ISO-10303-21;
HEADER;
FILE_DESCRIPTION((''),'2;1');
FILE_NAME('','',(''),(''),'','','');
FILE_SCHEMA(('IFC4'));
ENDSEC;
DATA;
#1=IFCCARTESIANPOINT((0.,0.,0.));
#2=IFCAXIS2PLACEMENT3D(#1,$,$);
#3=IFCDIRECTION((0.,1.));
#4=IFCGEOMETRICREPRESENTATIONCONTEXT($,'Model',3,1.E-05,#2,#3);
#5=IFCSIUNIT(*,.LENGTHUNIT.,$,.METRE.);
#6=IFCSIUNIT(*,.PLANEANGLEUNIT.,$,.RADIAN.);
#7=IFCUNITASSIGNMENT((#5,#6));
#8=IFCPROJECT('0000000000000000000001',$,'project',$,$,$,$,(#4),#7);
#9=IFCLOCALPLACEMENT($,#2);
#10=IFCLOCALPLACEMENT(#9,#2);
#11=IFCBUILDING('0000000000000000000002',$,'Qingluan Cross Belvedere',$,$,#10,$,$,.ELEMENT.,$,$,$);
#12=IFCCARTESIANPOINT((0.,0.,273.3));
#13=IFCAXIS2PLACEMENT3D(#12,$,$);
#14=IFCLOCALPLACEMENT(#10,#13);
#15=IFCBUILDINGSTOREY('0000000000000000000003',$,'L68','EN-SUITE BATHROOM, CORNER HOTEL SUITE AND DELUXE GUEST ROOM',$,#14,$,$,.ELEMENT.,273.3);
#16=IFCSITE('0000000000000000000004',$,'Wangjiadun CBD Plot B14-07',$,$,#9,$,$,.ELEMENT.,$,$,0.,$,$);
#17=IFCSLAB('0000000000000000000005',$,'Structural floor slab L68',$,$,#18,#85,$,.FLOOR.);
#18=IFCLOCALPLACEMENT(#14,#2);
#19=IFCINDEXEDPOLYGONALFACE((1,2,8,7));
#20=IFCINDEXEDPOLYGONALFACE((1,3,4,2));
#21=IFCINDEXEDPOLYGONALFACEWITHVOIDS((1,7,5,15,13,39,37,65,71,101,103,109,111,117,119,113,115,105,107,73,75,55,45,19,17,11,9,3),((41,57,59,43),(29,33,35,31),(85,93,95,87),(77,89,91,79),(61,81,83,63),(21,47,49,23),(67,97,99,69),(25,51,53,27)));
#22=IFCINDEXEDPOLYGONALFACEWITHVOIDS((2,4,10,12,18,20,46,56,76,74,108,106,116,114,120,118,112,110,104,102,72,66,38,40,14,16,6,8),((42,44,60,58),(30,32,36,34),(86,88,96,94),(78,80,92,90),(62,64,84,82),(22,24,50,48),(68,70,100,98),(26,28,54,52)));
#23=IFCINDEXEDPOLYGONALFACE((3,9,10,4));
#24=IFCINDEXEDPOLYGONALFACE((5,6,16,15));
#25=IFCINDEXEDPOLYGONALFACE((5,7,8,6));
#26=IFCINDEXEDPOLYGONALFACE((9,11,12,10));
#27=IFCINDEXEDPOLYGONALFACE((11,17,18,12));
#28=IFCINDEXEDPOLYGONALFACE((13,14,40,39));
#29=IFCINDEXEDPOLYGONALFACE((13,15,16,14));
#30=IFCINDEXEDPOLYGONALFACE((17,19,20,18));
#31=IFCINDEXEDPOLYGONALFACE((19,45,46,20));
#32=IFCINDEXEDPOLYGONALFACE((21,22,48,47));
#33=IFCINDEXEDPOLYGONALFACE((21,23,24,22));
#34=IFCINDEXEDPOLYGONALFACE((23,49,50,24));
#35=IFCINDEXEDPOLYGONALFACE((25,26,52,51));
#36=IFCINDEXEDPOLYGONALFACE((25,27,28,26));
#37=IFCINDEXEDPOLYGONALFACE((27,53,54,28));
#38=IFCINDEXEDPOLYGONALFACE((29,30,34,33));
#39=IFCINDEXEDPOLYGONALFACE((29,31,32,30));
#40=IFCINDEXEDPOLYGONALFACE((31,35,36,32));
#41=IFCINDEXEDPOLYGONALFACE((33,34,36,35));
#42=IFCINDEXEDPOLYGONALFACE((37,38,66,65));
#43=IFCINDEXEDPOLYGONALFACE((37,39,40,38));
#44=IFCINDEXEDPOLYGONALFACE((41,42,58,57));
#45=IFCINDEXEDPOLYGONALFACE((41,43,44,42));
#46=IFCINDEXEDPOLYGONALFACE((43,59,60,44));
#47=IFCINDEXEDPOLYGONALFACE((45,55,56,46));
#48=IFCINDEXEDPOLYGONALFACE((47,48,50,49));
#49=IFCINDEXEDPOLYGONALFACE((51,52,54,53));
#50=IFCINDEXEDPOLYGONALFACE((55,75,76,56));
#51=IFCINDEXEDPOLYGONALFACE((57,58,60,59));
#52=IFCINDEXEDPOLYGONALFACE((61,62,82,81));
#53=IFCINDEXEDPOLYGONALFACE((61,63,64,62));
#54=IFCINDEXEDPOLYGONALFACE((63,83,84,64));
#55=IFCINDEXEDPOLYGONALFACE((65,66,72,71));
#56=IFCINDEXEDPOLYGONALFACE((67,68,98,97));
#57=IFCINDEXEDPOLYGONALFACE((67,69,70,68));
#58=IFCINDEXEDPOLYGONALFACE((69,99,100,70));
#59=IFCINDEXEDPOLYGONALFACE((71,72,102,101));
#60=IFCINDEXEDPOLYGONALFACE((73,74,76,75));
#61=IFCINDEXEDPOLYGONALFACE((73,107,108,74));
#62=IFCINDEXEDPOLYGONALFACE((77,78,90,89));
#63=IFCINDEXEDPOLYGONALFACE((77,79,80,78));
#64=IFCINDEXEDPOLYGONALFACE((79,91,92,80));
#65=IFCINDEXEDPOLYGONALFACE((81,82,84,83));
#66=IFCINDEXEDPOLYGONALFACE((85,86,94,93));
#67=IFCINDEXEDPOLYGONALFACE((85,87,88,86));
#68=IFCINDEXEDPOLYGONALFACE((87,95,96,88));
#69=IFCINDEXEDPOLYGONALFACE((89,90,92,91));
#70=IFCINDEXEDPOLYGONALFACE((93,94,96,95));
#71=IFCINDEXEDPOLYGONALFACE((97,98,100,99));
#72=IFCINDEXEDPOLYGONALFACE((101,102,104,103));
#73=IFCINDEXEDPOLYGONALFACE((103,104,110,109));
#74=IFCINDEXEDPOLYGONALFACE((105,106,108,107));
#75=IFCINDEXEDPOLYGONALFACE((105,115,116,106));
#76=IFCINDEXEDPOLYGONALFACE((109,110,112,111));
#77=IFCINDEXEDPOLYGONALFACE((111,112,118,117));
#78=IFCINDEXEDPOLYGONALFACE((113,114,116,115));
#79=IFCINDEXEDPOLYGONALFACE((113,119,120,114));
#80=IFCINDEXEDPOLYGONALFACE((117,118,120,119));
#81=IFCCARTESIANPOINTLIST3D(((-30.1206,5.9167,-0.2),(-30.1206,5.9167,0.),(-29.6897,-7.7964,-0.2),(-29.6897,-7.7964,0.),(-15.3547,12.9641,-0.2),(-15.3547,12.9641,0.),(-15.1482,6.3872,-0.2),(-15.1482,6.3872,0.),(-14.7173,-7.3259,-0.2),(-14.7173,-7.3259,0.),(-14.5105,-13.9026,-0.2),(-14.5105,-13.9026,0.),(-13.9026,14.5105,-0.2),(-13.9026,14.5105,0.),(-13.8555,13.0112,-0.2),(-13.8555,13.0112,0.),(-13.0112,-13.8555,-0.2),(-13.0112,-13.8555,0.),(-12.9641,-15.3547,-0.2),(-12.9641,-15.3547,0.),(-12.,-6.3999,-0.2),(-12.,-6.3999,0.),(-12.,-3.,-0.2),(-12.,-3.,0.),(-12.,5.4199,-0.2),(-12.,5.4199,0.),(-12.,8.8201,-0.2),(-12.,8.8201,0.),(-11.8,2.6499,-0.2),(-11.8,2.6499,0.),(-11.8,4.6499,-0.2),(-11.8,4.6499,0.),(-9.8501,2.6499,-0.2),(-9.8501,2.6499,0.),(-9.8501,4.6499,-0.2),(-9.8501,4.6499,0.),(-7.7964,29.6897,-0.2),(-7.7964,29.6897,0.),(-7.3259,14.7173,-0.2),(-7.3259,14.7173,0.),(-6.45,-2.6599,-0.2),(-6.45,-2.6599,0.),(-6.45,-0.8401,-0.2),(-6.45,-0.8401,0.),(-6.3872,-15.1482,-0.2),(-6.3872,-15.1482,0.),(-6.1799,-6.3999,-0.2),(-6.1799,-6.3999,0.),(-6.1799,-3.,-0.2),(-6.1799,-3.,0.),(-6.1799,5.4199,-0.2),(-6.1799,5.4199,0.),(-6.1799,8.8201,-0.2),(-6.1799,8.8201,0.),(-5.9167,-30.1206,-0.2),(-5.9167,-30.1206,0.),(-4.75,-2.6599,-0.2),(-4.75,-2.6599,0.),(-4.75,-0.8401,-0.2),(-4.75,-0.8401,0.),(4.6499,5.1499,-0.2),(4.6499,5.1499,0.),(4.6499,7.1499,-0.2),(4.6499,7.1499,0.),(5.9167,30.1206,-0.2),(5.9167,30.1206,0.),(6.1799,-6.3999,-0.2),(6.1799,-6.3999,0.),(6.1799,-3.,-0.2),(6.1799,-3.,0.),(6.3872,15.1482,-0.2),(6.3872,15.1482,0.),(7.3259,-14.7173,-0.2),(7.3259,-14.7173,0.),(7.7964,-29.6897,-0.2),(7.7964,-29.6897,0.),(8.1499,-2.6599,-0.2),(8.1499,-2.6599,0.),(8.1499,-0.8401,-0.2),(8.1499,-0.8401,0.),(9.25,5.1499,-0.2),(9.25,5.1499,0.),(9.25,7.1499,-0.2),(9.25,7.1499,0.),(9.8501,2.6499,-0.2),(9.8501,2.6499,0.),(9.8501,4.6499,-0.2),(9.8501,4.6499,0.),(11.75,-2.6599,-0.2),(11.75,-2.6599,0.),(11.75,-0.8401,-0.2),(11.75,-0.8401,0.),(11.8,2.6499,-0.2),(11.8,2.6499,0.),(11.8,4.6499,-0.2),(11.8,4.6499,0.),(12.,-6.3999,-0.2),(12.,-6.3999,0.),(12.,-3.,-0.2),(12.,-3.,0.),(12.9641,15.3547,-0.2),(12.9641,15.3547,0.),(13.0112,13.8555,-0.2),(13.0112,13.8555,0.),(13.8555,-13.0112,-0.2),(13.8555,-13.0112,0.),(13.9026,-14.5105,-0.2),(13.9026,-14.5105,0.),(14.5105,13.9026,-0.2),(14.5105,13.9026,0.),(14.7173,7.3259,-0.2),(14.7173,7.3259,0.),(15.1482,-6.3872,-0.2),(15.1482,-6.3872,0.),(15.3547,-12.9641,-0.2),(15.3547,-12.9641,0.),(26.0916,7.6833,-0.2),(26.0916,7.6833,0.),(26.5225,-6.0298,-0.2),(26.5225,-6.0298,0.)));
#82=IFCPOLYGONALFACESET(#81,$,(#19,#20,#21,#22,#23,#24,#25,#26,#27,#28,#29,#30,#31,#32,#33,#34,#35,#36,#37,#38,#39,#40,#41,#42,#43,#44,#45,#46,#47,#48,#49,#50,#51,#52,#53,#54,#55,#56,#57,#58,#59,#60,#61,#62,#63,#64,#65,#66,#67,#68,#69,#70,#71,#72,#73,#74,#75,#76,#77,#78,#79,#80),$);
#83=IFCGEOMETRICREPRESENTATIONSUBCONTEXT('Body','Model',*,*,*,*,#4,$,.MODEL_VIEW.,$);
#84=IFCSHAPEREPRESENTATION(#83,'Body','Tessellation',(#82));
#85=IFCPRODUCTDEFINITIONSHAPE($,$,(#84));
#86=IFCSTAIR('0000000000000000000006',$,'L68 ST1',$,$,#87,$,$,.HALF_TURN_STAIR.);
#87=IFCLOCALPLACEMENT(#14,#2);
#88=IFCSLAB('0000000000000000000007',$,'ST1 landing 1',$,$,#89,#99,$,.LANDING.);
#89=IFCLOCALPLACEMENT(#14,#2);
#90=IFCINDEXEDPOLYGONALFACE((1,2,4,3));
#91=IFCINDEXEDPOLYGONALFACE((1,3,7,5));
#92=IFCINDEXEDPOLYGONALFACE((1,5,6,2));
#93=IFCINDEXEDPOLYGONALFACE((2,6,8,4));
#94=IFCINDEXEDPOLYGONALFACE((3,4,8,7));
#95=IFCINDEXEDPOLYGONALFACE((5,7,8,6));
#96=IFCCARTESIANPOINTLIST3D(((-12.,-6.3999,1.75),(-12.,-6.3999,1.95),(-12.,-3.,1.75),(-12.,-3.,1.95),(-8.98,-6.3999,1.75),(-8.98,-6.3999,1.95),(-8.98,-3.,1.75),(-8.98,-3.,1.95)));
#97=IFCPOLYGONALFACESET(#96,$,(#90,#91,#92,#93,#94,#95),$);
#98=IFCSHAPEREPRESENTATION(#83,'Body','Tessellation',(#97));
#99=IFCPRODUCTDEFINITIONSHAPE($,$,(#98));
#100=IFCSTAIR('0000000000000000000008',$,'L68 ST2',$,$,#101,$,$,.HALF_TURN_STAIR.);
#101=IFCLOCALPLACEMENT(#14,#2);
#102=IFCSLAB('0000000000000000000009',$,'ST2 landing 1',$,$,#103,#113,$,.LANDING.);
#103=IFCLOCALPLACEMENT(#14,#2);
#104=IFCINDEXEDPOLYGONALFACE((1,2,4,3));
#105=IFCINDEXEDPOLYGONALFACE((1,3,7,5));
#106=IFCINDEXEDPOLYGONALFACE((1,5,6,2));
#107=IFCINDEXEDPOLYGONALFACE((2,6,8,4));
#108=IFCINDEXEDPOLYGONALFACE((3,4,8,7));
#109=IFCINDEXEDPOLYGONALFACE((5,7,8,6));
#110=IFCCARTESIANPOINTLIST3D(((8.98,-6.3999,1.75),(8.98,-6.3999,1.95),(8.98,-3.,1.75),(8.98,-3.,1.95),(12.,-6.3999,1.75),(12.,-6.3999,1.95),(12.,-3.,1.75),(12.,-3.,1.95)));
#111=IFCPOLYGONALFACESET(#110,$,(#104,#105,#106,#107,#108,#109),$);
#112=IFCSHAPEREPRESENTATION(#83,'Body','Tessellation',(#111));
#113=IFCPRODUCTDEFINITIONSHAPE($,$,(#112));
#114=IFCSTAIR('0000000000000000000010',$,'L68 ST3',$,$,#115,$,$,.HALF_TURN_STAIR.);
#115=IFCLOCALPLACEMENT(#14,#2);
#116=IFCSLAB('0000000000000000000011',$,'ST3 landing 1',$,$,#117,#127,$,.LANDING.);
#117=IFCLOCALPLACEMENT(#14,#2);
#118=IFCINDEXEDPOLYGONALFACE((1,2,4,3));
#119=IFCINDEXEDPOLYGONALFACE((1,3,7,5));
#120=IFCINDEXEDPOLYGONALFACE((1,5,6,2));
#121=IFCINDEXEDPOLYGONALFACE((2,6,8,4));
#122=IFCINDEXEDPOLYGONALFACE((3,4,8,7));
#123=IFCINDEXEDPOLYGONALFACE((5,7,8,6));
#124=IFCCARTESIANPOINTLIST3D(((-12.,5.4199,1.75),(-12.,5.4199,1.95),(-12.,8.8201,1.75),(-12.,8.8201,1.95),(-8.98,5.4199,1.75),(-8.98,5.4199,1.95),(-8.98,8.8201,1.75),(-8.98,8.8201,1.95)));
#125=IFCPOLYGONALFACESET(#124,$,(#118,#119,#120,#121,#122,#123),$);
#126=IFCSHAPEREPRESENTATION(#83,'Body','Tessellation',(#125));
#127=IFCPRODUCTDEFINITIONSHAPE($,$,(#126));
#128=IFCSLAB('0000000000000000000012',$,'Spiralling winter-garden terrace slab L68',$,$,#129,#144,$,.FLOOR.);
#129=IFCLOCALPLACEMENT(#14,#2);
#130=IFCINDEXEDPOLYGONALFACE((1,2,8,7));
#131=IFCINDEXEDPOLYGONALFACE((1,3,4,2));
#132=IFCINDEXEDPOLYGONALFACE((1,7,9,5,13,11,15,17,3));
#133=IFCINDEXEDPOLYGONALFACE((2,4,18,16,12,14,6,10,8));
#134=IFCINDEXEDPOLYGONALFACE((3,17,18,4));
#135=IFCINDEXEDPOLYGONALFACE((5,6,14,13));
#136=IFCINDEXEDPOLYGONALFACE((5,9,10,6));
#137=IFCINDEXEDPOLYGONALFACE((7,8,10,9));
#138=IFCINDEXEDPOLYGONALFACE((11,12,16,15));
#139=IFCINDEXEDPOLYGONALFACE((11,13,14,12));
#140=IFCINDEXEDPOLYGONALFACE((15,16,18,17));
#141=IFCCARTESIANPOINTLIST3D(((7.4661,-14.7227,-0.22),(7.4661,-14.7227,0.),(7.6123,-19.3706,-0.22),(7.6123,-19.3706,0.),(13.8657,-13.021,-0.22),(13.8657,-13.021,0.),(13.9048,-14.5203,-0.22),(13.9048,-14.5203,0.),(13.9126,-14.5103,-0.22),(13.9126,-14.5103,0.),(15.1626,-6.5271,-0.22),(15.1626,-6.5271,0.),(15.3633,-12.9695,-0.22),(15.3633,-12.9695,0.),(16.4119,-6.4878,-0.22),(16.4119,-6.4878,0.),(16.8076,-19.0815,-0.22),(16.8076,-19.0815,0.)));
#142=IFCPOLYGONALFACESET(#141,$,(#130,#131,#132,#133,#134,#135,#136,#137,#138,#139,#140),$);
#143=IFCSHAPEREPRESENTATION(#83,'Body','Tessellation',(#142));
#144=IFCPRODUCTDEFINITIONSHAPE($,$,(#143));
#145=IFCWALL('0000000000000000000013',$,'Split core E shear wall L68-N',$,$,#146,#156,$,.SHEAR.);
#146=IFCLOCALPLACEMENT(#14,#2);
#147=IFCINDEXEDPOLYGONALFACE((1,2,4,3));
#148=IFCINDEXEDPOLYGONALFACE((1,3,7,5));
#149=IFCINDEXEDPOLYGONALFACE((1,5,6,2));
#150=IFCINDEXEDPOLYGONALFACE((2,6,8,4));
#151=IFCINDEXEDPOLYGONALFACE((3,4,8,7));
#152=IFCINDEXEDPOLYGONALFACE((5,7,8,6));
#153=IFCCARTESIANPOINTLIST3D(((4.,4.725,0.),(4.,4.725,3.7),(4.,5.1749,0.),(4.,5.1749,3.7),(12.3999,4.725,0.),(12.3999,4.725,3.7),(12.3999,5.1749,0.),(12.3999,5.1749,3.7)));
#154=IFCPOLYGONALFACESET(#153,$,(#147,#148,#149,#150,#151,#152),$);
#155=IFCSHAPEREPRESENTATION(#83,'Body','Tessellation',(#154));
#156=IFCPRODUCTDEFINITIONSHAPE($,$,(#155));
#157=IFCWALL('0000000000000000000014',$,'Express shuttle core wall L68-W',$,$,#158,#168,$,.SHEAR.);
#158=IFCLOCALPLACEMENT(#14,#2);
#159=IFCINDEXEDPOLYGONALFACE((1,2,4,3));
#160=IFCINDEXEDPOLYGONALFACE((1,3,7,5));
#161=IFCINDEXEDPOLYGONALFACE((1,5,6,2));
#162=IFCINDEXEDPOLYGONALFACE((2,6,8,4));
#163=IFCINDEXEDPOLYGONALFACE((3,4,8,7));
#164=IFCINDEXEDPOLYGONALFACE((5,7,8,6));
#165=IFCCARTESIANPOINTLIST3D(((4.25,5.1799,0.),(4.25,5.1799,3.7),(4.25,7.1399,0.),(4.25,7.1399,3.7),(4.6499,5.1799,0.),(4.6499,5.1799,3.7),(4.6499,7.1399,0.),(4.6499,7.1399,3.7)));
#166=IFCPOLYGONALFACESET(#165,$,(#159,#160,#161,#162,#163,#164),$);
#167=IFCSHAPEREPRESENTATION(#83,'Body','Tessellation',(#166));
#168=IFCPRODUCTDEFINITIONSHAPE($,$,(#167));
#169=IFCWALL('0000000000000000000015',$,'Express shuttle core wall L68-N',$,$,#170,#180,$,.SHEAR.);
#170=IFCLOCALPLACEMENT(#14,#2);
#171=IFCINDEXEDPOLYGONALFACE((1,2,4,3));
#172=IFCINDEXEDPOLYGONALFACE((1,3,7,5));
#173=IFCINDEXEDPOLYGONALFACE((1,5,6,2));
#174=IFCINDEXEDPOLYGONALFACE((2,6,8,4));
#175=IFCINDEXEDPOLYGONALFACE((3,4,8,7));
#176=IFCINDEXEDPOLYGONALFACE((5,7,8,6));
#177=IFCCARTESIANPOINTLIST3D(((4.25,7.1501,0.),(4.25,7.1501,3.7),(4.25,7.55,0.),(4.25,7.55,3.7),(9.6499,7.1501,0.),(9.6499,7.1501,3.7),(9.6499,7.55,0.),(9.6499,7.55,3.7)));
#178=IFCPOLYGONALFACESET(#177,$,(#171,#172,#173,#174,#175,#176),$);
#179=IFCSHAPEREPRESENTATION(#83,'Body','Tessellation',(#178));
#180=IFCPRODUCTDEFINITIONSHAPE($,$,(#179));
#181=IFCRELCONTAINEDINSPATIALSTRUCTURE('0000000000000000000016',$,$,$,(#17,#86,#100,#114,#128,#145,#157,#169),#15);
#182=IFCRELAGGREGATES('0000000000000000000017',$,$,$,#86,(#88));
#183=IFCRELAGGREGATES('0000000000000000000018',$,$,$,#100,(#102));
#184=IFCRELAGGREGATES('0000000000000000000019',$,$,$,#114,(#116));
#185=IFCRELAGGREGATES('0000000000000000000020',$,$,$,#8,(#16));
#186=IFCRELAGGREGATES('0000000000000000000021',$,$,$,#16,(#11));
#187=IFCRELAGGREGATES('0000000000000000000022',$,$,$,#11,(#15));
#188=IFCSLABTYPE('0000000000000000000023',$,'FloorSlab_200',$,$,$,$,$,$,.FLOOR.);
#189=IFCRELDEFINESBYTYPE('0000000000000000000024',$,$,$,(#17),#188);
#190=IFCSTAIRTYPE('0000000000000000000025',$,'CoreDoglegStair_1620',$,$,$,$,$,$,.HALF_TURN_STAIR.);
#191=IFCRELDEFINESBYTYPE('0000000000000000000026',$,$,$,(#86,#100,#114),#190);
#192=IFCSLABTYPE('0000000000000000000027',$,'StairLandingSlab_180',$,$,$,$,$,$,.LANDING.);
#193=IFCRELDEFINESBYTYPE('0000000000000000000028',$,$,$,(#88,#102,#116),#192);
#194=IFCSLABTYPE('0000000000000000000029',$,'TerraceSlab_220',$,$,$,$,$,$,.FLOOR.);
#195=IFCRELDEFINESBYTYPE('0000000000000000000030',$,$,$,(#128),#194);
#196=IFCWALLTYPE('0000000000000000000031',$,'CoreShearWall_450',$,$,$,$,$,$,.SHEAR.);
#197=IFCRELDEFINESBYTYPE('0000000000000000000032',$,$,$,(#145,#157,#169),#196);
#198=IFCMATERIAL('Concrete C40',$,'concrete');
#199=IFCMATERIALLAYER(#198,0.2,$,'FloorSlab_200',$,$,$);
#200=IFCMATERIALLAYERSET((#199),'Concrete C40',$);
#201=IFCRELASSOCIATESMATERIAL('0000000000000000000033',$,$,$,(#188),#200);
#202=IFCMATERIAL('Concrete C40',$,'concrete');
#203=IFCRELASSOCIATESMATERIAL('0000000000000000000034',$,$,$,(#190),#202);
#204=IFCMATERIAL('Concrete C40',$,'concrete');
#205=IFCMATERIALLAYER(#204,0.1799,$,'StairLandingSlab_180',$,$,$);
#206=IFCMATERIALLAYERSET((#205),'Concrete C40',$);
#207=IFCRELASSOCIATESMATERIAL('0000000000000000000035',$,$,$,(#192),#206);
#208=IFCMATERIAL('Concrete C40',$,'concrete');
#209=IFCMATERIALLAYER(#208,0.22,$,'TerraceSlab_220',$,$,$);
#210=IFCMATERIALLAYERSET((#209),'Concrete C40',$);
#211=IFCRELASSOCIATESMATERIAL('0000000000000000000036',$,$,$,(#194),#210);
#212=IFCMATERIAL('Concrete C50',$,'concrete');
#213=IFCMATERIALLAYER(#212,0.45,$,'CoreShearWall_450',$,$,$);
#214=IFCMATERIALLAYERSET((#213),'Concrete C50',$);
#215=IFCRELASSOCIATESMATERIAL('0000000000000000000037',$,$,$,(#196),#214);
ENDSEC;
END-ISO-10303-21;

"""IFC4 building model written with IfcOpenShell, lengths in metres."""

from ifc_helpers import new_model, si_unit, direction, frame, frame_2d, origin, place, context, subcontext, project, spatial, polyline, rectangle, outline, extrude, material, layer, layer_set, type_object, element, aggregate, save


model = new_model("IFC4")

# Units and contexts
model_context = context("Model", 3, precision=1e-05, world=origin(), true_north=direction((0.0, 1.0)))
body_context = subcontext(model_context, "Body", "Model", "MODEL_VIEW")
ifc_project = project(units=[si_unit("LENGTHUNIT", "METRE"), si_unit("PLANEANGLEUNIT", "RADIAN")], contexts=[model_context])

# Site, building, storey
site_placement = place(None, origin())
site = spatial("IfcSite", under=ifc_project, at=site_placement, Name="Wangjiadun CBD Plot B14-07", CompositionType="ELEMENT", RefElevation=0.0)
building_placement = place(site_placement, origin())
building = spatial("IfcBuilding", under=site, at=building_placement, Name="Qingluan Cross Belvedere", CompositionType="ELEMENT")
storey_placement = place(building_placement, frame((0.0, 0.0, 273.3)))
storey = spatial("IfcBuildingStorey", under=building, at=storey_placement, Name="L68", Description="EN-SUITE BATHROOM, CORNER HOTEL SUITE AND DELUXE GUEST ROOM", CompositionType="ELEMENT", Elevation=273.3)

# Slab
ifc_material_1 = material(Name="Concrete C40", Category="concrete")
ifc_layer_1 = layer(ifc_material_1, 0.2, Name="FloorSlab_200")
ifc_layer_set_1 = layer_set([ifc_layer_1], Name="Concrete C40")
slab_type_1 = type_object("IfcSlabType", Name="FloorSlab_200", PredefinedType="FLOOR", material=ifc_layer_set_1)
slab_1_placement = place(storey_placement, frame((0.0, 0.0, -0.2)))
element("IfcSlab", 1, at=slab_1_placement, inside=storey, type_object=slab_type_1, Name="Structural floor slab L68", PredefinedType="FLOOR", context=body_context, shape_type="SweptSolid", body=[
    extrude(outline(polyline([(7.7964, -29.6897), (7.3259, -14.7173), (13.9026, -14.5105), (13.8555, -13.0112), (15.3547, -12.9641), (15.1482, -6.3872), (26.5225, -6.0298), (26.0916, 7.6833), (14.7173, 7.3259), (14.5105, 13.9026), (13.0112, 13.8555), (12.9641, 15.3547), (6.3872, 15.1482), (5.9167, 30.1206), (-7.7964, 29.6897), (-7.3259, 14.7173), (-13.9026, 14.5105), (-13.8555, 13.0112), (-15.3547, 12.9641), (-15.1482, 6.3872), (-30.1206, 5.9167), (-29.6897, -7.7964), (-14.7173, -7.3259), (-14.5105, -13.9026), (-13.0112, -13.8555), (-12.9641, -15.3547), (-6.3872, -15.1482), (-5.9167, -30.1206), (7.7964, -29.6897)]), holes=[polyline([(-12.0, -3.0), (-6.1799, -3.0), (-6.1799, -6.3999), (-12.0, -6.3999), (-12.0, -3.0)]), polyline([(6.1799, -3.0), (12.0, -3.0), (12.0, -6.3999), (6.1799, -6.3999), (6.1799, -3.0)]), polyline([(-12.0, 8.8201), (-6.1799, 8.8201), (-6.1799, 5.4199), (-12.0, 5.4199), (-12.0, 8.8201)]), polyline([(-11.8, 4.6499), (-9.8501, 4.6499), (-9.8501, 2.6499), (-11.8, 2.6499), (-11.8, 4.6499)]), polyline([(9.8501, 4.6499), (11.8, 4.6499), (11.8, 2.6499), (9.8501, 2.6499), (9.8501, 4.6499)]), polyline([(-6.45, -0.8401), (-4.75, -0.8401), (-4.75, -2.6599), (-6.45, -2.6599), (-6.45, -0.8401)]), polyline([(8.1499, -0.8401), (11.75, -0.8401), (11.75, -2.6599), (8.1499, -2.6599), (8.1499, -0.8401)]), polyline([(4.6499, 7.1499), (9.25, 7.1499), (9.25, 5.1499), (4.6499, 5.1499), (4.6499, 7.1499)])]), origin(), (0.0, 0.0, 1.0), 0.2),
])

# Stairs, slabs
ifc_material_2 = material(Name="Concrete C40", Category="concrete")
stair_type = type_object("IfcStairType", Name="CoreDoglegStair_1620", PredefinedType="HALF_TURN_STAIR", material=ifc_material_2)
stair_1_placement = place(storey_placement, origin())
stair_1 = element("IfcStair", 2, at=stair_1_placement, inside=storey, type_object=stair_type, Name="L68 ST1", PredefinedType="HALF_TURN_STAIR")
ifc_material_3 = material(Name="Concrete C40", Category="concrete")
ifc_layer_2 = layer(ifc_material_3, 0.1799, Name="StairLandingSlab_180")
ifc_layer_set_2 = layer_set([ifc_layer_2], Name="Concrete C40")
slab_type_2 = type_object("IfcSlabType", Name="StairLandingSlab_180", PredefinedType="LANDING", material=ifc_layer_set_2)
slab_2_placement = place(storey_placement, frame((0.0, 0.0, 1.75)))
slab_2 = element("IfcSlab", 3, at=slab_2_placement, type_object=slab_type_2, Name="ST1 landing 1", PredefinedType="LANDING", context=body_context, shape_type="SweptSolid", body=[
    extrude(outline(polyline([(-8.98, -3.0), (-12.0, -3.0), (-12.0, -6.3999), (-8.98, -6.3999), (-8.98, -3.0)])), origin(), (0.0, 0.0, 1.0), 0.2),
])
aggregate(stair_1, [slab_2])
stair_2_placement = place(storey_placement, origin())
stair_2 = element("IfcStair", 4, at=stair_2_placement, inside=storey, type_object=stair_type, Name="L68 ST2", PredefinedType="HALF_TURN_STAIR")
slab_3_placement = place(storey_placement, frame((0.0, 0.0, 1.75)))
slab_3 = element("IfcSlab", 5, at=slab_3_placement, type_object=slab_type_2, Name="ST2 landing 1", PredefinedType="LANDING", context=body_context, shape_type="SweptSolid", body=[
    extrude(outline(polyline([(8.98, -6.3999), (12.0, -6.3999), (12.0, -3.0), (8.98, -3.0), (8.98, -6.3999)])), origin(), (0.0, 0.0, 1.0), 0.2),
])
aggregate(stair_2, [slab_3])
stair_3_placement = place(storey_placement, origin())
stair_3 = element("IfcStair", 6, at=stair_3_placement, inside=storey, type_object=stair_type, Name="L68 ST3", PredefinedType="HALF_TURN_STAIR")
slab_4_placement = place(storey_placement, frame((0.0, 0.0, 1.75)))
slab_4 = element("IfcSlab", 7, at=slab_4_placement, type_object=slab_type_2, Name="ST3 landing 1", PredefinedType="LANDING", context=body_context, shape_type="SweptSolid", body=[
    extrude(outline(polyline([(-8.98, 8.8201), (-12.0, 8.8201), (-12.0, 5.4199), (-8.98, 5.4199), (-8.98, 8.8201)])), origin(), (0.0, 0.0, 1.0), 0.2),
])
aggregate(stair_3, [slab_4])

# Slab
ifc_material_4 = material(Name="Concrete C40", Category="concrete")
ifc_layer_3 = layer(ifc_material_4, 0.22, Name="TerraceSlab_220")
ifc_layer_set_3 = layer_set([ifc_layer_3], Name="Concrete C40")
slab_type_3 = type_object("IfcSlabType", Name="TerraceSlab_220", PredefinedType="FLOOR", material=ifc_layer_set_3)
slab_5_placement = place(storey_placement, frame((0.0, 0.0, -0.22)))
element("IfcSlab", 8, at=slab_5_placement, inside=storey, type_object=slab_type_3, Name="Spiralling winter-garden terrace slab L68", PredefinedType="FLOOR", context=body_context, shape_type="SweptSolid", body=[
    extrude(outline(polyline([(15.1626, -6.5271), (15.3633, -12.9695), (13.8657, -13.021), (13.9126, -14.5103), (13.9048, -14.5203), (7.4661, -14.7227), (7.6123, -19.3706), (16.8076, -19.0815), (16.4119, -6.4878), (15.1626, -6.5271)])), origin(), (0.0, 0.0, 1.0), 0.22),
])

# Walls
ifc_material_5 = material(Name="Concrete C50", Category="concrete")
ifc_layer_4 = layer(ifc_material_5, 0.45, Name="CoreShearWall_450")
ifc_layer_set_4 = layer_set([ifc_layer_4], Name="Concrete C50")
wall_type_1 = type_object("IfcWallType", Name="CoreShearWall_450", PredefinedType="SHEAR", material=ifc_layer_set_4)
wall_1_placement = place(storey_placement, frame((4.0, 4.95, 0.0), z_axis=(0.0, 0.0, 1.0), x_axis=(1.0, 0.0, 0.0)))
element("IfcWall", 9, at=wall_1_placement, inside=storey, type_object=wall_type_1, Name="Split core E shear wall L68-N", PredefinedType="SHEAR", context=body_context, shape_type="SweptSolid", body=[
    extrude(rectangle(XDim=8.3999, YDim=0.45, at=frame_2d((4.2, 0.0))), origin(), (0.0, 0.0, 1.0), 3.7),
])
wall_2_placement = place(storey_placement, frame((4.45, 5.1799, 0.0), z_axis=(0.0, 0.0, 1.0), x_axis=(0.0, 1.0, 0.0)))
element("IfcWall", 10, at=wall_2_placement, inside=storey, type_object=wall_type_1, Name="Express shuttle core wall L68-W", PredefinedType="SHEAR", context=body_context, shape_type="SweptSolid", body=[
    extrude(rectangle(XDim=1.96, YDim=0.3999, at=frame_2d((0.98, 0.0))), origin(), (0.0, 0.0, 1.0), 3.7),
])
wall_3_placement = place(storey_placement, frame((4.25, 7.3501, 0.0), z_axis=(0.0, 0.0, 1.0), x_axis=(1.0, 0.0, 0.0)))
element("IfcWall", 11, at=wall_3_placement, inside=storey, type_object=wall_type_1, Name="Express shuttle core wall L68-N", PredefinedType="SHEAR", context=body_context, shape_type="SweptSolid", body=[
    extrude(rectangle(XDim=5.3999, YDim=0.3999, at=frame_2d((2.7, 0.0))), origin(), (0.0, 0.0, 1.0), 3.7),
])

save(model, "model.ifc")
